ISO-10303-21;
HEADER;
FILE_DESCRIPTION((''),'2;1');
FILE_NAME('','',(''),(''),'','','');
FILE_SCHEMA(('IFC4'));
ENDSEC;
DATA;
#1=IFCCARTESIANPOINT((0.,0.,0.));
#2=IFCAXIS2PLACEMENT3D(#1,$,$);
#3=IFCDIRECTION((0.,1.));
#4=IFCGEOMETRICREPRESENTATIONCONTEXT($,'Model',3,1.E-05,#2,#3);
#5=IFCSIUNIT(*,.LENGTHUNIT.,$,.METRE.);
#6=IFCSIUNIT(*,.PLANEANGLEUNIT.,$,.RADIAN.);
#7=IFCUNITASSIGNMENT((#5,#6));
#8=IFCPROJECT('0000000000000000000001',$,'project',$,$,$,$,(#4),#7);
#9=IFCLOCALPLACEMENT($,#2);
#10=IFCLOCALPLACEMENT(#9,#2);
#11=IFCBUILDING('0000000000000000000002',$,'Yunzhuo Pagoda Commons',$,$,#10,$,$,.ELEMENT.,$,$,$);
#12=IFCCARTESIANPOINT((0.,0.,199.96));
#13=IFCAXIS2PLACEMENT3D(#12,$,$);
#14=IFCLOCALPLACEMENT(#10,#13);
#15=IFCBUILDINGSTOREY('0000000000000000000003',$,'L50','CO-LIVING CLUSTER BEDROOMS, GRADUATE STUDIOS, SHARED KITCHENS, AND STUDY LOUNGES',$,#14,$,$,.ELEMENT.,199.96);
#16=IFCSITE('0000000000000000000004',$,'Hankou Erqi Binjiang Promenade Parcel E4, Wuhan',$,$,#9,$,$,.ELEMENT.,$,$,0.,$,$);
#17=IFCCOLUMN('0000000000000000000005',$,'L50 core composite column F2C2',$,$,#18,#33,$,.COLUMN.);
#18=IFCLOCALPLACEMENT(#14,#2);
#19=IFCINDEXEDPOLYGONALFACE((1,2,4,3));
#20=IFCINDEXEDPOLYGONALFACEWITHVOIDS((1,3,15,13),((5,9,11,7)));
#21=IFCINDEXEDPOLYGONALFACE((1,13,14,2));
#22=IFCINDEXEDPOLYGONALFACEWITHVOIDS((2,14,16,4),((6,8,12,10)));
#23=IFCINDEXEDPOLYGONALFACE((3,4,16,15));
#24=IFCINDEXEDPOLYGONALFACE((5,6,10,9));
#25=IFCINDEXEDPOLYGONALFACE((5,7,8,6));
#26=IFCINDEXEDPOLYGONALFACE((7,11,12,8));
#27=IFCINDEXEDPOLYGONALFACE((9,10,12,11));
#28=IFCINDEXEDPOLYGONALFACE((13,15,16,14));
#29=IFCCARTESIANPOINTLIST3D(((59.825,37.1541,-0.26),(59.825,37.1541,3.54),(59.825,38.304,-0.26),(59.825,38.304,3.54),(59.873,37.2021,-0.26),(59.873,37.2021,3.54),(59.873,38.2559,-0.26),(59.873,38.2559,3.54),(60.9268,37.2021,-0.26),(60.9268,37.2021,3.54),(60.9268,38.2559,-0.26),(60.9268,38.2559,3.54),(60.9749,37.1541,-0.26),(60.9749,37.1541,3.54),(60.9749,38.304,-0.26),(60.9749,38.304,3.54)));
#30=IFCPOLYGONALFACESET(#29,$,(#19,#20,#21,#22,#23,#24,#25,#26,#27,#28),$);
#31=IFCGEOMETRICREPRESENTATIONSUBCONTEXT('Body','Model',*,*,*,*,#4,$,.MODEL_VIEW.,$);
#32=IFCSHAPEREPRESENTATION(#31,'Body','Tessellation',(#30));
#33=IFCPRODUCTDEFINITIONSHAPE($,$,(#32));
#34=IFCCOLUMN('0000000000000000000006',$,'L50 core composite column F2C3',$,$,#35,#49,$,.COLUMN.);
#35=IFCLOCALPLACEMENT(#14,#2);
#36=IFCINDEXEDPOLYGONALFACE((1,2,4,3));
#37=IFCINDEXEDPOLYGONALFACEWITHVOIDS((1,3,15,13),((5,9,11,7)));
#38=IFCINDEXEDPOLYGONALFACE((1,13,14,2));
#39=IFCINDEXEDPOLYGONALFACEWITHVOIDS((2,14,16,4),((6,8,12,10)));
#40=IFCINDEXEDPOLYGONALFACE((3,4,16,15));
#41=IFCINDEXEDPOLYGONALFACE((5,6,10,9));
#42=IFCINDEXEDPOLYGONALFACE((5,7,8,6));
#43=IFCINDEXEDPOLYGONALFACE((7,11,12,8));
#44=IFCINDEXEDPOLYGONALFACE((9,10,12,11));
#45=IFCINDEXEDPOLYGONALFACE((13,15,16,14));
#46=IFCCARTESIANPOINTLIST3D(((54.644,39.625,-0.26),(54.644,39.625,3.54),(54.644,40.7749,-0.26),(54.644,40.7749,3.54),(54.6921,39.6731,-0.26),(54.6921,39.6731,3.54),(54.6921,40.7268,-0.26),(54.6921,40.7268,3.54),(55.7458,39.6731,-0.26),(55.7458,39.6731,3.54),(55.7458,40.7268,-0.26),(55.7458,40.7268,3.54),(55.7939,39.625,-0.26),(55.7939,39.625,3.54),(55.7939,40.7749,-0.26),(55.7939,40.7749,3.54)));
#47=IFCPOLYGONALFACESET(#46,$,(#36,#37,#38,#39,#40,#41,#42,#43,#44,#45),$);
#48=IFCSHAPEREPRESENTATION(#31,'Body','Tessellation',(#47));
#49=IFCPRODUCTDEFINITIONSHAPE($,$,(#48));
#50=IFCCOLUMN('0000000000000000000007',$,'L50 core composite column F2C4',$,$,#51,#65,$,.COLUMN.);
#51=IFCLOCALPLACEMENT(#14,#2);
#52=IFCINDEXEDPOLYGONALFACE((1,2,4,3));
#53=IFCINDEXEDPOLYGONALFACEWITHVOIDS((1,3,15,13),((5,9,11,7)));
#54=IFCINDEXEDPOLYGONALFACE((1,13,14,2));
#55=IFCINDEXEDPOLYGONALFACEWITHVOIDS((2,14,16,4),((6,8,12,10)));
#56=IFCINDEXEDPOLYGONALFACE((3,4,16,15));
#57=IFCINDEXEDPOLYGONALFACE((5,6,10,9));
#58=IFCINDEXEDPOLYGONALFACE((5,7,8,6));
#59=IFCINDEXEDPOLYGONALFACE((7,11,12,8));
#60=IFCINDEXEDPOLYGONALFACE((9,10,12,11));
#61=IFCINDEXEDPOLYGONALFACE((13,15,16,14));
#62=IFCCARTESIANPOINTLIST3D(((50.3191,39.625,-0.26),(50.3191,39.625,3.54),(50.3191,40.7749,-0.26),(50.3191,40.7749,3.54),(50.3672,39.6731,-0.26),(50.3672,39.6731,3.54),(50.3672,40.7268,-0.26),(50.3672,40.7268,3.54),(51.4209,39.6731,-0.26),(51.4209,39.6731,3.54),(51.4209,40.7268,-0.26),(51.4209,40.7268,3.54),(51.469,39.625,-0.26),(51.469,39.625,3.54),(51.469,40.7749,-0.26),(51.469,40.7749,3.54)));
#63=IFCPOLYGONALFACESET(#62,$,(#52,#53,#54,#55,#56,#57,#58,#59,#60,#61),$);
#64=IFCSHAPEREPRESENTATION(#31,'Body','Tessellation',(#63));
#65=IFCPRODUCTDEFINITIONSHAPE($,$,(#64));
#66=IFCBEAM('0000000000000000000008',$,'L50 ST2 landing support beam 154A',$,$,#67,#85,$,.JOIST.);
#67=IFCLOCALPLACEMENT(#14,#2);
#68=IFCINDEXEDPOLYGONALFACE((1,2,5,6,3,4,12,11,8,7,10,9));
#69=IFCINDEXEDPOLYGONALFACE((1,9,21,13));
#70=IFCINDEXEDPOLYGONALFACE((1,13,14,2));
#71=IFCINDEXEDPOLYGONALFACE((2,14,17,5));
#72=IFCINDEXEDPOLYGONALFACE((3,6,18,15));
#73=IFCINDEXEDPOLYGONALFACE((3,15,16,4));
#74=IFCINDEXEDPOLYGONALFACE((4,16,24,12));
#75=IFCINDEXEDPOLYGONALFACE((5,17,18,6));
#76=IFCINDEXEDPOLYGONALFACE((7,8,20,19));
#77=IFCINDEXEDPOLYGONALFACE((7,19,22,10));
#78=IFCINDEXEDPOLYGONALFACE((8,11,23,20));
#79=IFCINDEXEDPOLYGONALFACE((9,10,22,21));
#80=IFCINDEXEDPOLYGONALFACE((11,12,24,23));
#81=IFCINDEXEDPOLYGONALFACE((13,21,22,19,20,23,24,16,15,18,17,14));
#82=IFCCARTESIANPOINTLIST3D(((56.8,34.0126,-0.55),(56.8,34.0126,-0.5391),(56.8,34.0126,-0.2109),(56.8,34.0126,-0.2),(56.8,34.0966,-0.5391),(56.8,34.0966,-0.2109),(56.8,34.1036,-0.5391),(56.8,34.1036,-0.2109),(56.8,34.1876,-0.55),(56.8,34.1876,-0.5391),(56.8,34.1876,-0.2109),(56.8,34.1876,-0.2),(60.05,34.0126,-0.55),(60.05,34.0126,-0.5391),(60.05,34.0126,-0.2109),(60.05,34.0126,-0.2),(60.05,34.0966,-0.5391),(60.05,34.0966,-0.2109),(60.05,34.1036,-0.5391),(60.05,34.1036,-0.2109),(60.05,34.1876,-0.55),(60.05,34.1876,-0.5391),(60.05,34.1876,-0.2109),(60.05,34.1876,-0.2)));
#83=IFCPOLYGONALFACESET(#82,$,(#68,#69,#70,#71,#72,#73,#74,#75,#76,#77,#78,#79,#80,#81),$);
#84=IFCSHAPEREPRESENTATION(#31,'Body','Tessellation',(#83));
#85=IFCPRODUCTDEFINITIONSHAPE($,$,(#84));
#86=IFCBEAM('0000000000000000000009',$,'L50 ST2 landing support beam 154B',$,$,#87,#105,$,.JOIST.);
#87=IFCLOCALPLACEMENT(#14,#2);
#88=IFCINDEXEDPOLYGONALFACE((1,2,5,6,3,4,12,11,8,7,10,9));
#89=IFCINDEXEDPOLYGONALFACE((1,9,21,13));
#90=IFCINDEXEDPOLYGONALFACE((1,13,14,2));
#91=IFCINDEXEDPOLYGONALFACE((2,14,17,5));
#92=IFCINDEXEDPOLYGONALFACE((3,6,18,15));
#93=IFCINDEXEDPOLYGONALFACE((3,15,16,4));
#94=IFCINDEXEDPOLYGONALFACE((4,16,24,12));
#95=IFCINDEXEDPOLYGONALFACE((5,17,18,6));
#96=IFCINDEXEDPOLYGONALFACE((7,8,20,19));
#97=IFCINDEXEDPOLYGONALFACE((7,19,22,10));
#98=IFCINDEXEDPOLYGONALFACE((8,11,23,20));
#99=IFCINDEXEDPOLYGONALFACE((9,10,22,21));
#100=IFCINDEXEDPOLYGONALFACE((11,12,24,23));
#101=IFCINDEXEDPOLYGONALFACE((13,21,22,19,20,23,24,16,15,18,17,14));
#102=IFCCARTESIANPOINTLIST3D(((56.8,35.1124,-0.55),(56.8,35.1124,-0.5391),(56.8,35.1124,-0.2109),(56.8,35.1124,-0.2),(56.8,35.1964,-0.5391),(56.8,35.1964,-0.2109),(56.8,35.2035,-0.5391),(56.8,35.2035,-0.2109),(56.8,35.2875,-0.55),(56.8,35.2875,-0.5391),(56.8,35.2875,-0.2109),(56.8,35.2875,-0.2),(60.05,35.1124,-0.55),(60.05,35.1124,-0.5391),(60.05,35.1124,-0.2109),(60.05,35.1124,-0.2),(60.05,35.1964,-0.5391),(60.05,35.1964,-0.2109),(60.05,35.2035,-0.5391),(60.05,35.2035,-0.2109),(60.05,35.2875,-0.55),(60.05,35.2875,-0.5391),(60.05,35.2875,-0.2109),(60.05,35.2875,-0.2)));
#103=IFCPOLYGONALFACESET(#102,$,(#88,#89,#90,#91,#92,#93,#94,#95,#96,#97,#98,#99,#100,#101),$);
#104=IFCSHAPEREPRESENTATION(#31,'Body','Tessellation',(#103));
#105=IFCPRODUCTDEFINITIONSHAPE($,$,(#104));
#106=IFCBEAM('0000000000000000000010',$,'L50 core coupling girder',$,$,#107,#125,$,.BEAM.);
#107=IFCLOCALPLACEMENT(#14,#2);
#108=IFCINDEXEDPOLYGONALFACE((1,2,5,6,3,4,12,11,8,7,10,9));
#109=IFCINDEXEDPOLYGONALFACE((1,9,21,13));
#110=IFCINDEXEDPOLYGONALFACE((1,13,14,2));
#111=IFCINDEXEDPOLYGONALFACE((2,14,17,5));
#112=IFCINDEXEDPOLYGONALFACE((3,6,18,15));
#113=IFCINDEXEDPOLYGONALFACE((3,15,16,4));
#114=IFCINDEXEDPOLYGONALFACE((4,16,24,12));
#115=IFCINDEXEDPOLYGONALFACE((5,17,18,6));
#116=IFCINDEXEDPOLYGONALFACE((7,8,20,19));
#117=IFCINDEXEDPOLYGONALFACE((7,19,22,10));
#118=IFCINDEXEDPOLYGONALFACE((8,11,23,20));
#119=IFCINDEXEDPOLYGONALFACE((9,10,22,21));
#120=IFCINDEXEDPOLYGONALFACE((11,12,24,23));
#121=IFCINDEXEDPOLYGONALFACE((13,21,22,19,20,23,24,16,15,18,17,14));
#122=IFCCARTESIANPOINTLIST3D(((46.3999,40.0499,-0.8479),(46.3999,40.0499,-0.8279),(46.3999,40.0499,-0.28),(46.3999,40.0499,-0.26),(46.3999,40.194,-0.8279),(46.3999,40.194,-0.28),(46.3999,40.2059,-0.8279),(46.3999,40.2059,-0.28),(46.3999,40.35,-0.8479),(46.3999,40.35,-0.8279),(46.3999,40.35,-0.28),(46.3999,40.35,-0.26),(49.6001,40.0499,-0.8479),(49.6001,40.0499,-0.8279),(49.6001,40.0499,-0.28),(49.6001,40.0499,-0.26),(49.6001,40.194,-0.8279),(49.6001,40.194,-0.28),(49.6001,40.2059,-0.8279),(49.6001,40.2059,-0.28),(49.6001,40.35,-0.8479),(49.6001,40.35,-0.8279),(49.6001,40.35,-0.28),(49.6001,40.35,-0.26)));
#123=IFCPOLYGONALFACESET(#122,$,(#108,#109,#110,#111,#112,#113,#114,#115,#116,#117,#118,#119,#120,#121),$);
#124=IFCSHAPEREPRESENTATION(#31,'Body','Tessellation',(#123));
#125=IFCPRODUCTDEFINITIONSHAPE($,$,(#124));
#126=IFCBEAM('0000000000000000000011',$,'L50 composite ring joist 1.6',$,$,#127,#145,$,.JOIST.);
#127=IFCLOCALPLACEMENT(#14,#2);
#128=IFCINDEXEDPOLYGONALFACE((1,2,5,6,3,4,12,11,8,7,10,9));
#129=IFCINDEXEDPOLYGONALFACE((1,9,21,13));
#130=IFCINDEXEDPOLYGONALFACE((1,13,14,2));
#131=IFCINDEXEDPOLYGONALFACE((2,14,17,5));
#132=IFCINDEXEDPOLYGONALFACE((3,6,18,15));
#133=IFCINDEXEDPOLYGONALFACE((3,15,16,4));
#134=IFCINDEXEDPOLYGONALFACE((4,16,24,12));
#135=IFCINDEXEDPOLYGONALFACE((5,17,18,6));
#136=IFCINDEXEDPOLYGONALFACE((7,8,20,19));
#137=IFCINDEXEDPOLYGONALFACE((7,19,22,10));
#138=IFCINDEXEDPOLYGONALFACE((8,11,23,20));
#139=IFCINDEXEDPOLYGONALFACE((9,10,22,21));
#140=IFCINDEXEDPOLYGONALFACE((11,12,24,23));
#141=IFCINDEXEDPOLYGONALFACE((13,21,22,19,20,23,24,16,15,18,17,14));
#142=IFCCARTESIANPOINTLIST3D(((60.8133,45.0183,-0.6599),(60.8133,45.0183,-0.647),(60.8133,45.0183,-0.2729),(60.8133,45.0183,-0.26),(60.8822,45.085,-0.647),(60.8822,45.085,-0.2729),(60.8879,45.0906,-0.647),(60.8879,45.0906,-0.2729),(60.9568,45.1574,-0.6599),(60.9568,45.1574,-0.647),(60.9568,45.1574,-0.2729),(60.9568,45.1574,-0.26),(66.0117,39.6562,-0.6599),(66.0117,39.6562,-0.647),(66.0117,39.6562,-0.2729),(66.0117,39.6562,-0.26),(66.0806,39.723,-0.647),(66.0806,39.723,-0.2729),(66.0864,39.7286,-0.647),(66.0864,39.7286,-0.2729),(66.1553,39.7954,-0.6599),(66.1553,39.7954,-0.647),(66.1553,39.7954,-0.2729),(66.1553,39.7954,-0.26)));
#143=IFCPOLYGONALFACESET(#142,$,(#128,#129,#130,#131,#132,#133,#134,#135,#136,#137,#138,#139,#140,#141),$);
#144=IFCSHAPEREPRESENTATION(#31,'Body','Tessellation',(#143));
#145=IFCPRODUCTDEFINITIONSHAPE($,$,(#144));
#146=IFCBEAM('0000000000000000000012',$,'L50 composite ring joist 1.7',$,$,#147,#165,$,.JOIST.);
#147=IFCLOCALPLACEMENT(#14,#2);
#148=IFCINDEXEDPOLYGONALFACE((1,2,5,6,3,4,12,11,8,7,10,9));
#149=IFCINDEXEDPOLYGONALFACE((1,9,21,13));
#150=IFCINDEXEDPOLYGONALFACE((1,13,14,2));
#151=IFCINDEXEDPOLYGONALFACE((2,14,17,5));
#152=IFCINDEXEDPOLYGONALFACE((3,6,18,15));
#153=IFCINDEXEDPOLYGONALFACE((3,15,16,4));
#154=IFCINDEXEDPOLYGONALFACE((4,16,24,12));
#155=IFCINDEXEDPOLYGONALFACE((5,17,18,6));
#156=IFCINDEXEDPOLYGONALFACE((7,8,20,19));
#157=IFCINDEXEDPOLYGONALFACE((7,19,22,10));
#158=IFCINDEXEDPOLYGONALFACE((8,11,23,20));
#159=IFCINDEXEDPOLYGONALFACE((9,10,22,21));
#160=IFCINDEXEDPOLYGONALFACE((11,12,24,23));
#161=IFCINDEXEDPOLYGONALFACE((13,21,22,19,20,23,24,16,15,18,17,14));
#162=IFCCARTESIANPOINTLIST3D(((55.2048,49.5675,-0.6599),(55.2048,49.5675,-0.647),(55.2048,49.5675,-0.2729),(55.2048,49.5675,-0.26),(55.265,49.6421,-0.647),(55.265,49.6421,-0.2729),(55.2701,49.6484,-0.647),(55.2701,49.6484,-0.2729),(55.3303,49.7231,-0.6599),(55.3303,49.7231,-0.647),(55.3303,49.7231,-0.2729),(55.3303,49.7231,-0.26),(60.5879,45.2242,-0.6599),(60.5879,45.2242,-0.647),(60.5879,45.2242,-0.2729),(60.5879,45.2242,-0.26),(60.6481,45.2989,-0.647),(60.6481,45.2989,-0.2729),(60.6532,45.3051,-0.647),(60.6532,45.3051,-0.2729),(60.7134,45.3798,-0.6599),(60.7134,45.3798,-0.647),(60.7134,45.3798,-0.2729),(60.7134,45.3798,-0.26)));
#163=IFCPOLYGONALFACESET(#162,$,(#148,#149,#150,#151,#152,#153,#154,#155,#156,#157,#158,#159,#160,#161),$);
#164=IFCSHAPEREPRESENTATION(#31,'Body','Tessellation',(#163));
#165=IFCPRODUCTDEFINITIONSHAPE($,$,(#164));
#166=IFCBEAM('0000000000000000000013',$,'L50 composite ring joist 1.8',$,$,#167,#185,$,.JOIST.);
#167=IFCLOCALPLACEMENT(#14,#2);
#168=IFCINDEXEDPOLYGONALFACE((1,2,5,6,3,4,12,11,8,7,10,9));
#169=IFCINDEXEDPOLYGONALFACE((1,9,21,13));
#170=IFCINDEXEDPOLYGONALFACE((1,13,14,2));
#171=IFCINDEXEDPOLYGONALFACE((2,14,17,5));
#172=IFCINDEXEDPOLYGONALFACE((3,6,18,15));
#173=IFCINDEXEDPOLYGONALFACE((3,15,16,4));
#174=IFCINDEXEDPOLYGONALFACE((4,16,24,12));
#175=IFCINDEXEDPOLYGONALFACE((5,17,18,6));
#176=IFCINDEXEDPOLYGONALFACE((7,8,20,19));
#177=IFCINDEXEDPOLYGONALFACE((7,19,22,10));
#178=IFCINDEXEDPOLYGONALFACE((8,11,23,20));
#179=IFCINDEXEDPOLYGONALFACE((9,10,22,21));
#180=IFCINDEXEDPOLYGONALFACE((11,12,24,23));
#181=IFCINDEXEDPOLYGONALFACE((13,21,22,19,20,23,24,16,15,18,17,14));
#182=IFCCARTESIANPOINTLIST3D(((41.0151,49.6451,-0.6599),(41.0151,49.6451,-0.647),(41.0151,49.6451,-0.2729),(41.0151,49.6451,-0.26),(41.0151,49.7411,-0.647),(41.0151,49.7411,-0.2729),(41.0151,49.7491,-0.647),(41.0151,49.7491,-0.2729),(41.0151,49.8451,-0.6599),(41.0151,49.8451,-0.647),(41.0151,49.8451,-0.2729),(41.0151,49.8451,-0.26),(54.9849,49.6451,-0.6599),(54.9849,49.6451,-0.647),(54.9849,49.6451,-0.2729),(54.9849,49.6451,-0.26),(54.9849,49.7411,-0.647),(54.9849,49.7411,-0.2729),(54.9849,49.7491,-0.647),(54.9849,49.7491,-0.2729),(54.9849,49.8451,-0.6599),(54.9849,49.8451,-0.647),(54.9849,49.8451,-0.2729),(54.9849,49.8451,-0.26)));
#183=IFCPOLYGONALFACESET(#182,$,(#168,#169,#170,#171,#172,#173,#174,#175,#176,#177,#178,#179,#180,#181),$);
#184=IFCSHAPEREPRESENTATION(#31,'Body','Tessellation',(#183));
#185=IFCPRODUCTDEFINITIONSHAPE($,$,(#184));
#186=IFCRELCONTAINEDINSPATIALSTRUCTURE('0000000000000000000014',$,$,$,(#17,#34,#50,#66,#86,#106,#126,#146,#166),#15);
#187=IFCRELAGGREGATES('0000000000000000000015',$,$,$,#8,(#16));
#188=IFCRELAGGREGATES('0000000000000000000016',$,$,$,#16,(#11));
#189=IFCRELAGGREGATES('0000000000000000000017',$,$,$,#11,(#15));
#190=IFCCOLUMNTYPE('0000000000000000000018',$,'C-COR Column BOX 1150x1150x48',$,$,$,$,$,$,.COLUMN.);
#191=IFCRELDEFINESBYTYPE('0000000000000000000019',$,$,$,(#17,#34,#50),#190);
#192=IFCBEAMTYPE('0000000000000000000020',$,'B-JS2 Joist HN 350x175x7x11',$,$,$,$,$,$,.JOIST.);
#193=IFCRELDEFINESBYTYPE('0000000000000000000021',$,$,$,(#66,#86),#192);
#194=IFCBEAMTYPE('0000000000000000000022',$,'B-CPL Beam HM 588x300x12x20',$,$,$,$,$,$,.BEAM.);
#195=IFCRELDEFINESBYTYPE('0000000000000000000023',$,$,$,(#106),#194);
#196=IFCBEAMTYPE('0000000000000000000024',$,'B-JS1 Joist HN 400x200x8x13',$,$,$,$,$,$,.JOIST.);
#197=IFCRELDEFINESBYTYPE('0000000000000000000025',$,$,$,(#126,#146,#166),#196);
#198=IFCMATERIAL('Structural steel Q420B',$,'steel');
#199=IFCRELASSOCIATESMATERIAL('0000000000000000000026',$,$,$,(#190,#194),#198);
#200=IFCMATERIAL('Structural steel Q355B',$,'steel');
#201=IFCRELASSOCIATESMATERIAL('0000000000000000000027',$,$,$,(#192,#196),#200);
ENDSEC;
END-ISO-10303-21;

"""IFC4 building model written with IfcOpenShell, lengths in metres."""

from ifc_helpers import new_model, si_unit, direction, frame, origin, origin_2d, place, context, subcontext, project, spatial, hollow_rectangle, i_section, extrude, source, transform, mapped, material, material_profile, profile_set, type_object, element, save


model = new_model("IFC4")

# Units and contexts
model_context = context("Model", 3, precision=1e-05, world=origin(), true_north=direction((0.0, 1.0)))
body_context = subcontext(model_context, "Body", "Model", "MODEL_VIEW")
ifc_project = project(units=[si_unit("LENGTHUNIT", "METRE"), si_unit("PLANEANGLEUNIT", "RADIAN")], contexts=[model_context])

# Site, building, storey
site_placement = place(None, origin())
site = spatial("IfcSite", under=ifc_project, at=site_placement, Name="Hankou Erqi Binjiang Promenade Parcel E4, Wuhan", CompositionType="ELEMENT", RefElevation=0.0)
building_placement = place(site_placement, origin())
building = spatial("IfcBuilding", under=site, at=building_placement, Name="Yunzhuo Pagoda Commons", CompositionType="ELEMENT")
storey_placement = place(building_placement, frame((0.0, 0.0, 199.96)))
storey = spatial("IfcBuildingStorey", under=building, at=storey_placement, Name="L50", Description="CO-LIVING CLUSTER BEDROOMS, GRADUATE STUDIOS, SHARED KITCHENS, AND STUDY LOUNGES", CompositionType="ELEMENT", Elevation=199.96)

# Columns
ifc_material_1 = material(Name="Structural steel Q420B", Category="steel")
ifc_material_profile_1 = material_profile(ifc_material_1, hollow_rectangle(XDim=1.1499, YDim=1.1499, WallThickness=0.0481, at=origin_2d()), Name="Structural steel Q420B")
ifc_profile_set_1 = profile_set([ifc_material_profile_1], Name="Structural steel Q420B")
column_type = type_object("IfcColumnType", Name="C-COR Column BOX 1150x1150x48", PredefinedType="COLUMN", material=ifc_profile_set_1)
shared_shape_1 = source(origin(), body_context, "Body", "SweptSolid", [
    extrude(hollow_rectangle(XDim=1.1499, YDim=1.1499, WallThickness=0.0481, at=origin_2d()), origin(), (0.0, 0.0, 1.0), 3.8),
])
for number, where, z_axis, x_axis, name in (
    (1, (60.3999, 37.729, -0.26), (0.0, 0.0, 1.0), (1.0, 0.0, 0.0), "L50 core composite column F2C2"),
    (2, (55.219, 40.2, -0.26), (0.0, 0.0, 1.0), (1.0, 0.0, 0.0), "L50 core composite column F2C3"),
    (3, (50.894, 40.2, -0.26), (0.0, 0.0, 1.0), (1.0, 0.0, 0.0), "L50 core composite column F2C4"),
):
    element("IfcColumn", number, at=place(storey_placement, frame(where, z_axis=z_axis, x_axis=x_axis)), inside=storey, type_object=column_type, Name=name, PredefinedType="COLUMN", context=body_context, shape_type="MappedRepresentation", body=[
        mapped(shared_shape_1, transform((0.0, 0.0, 0.0), scale=1.0)),
    ])

# Beams
ifc_material_2 = material(Name="Structural steel Q355B", Category="steel")
ifc_material_profile_2 = material_profile(ifc_material_2, i_section(OverallWidth=0.175, OverallDepth=0.3501, WebThickness=0.0071, FlangeThickness=0.011, at=origin_2d()), Name="Structural steel Q355B")
ifc_profile_set_2 = profile_set([ifc_material_profile_2], Name="Structural steel Q355B")
beam_type_1 = type_object("IfcBeamType", Name="B-JS2 Joist HN 350x175x7x11", PredefinedType="JOIST", material=ifc_profile_set_2)
shared_shape_2 = source(origin(), body_context, "Body", "SweptSolid", [
    extrude(i_section(OverallWidth=0.175, OverallDepth=0.3501, WebThickness=0.0071, FlangeThickness=0.011, at=origin_2d()), origin(), (0.0, 0.0, 1.0), 3.25),
])
for number, where, z_axis, x_axis, name in (
    (4, (56.8, 34.1001, -0.375), (1.0, 0.0, 0.0), (0.0, 1.0, 0.0), "L50 ST2 landing support beam 154A"),
    (5, (56.8, 35.2, -0.375), (1.0, 0.0, 0.0), (0.0, 1.0, 0.0), "L50 ST2 landing support beam 154B"),
):
    element("IfcBeam", number, at=place(storey_placement, frame(where, z_axis=z_axis, x_axis=x_axis)), inside=storey, type_object=beam_type_1, Name=name, PredefinedType="JOIST", context=body_context, shape_type="MappedRepresentation", body=[
        mapped(shared_shape_2, transform((0.0, 0.0, 0.0), scale=1.0)),
    ])
ifc_material_profile_3 = material_profile(ifc_material_1, i_section(OverallWidth=0.3, OverallDepth=0.5879, WebThickness=0.012, FlangeThickness=0.02, at=origin_2d()), Name="Structural steel Q420B")
ifc_profile_set_3 = profile_set([ifc_material_profile_3], Name="Structural steel Q420B")
beam_type_2 = type_object("IfcBeamType", Name="B-CPL Beam HM 588x300x12x20", PredefinedType="BEAM", material=ifc_profile_set_3)
shared_shape_3 = source(origin(), body_context, "Body", "SweptSolid", [
    extrude(i_section(OverallWidth=0.3, OverallDepth=0.5879, WebThickness=0.012, FlangeThickness=0.02, at=origin_2d()), origin(), (0.0, 0.0, 1.0), 3.2002),
])
beam_1_placement = place(storey_placement, frame((46.3999, 40.2, -0.554), z_axis=(1.0, 0.0, 0.0), x_axis=(0.0, 1.0, 0.0)))
element("IfcBeam", 6, at=beam_1_placement, inside=storey, type_object=beam_type_2, Name="L50 core coupling girder", PredefinedType="BEAM", context=body_context, shape_type="MappedRepresentation", body=[
    mapped(shared_shape_3, transform((0.0, 0.0, 0.0), scale=1.0)),
])
ifc_material_profile_4 = material_profile(ifc_material_2, i_section(OverallWidth=0.2, OverallDepth=0.3999, WebThickness=0.0081, FlangeThickness=0.0129, at=origin_2d()), Name="Structural steel Q355B")
ifc_profile_set_4 = profile_set([ifc_material_profile_4], Name="Structural steel Q355B")
beam_type_3 = type_object("IfcBeamType", Name="B-JS1 Joist HN 400x200x8x13", PredefinedType="JOIST", material=ifc_profile_set_4)
shared_shape_4 = source(origin(), body_context, "Body", "SweptSolid", [
    extrude(i_section(OverallWidth=0.2, OverallDepth=0.3999, WebThickness=0.0081, FlangeThickness=0.0129, at=origin_2d()), origin(), (0.0, 0.0, 1.0), 7.4683),
])
beam_2_placement = place(storey_placement, frame((66.0835, 39.7258, -0.46), z_axis=(-0.696071, 0.717973, 0.0), x_axis=(-0.717973, -0.696071, 0.0)))
element("IfcBeam", 7, at=beam_2_placement, inside=storey, type_object=beam_type_3, Name="L50 composite ring joist 1.6", PredefinedType="JOIST", context=body_context, shape_type="MappedRepresentation", body=[
    mapped(shared_shape_4, transform((0.0, 0.0, 0.0), scale=1.0)),
])
shared_shape_5 = source(origin(), body_context, "Body", "SweptSolid", [
    extrude(i_section(OverallWidth=0.2, OverallDepth=0.3999, WebThickness=0.0081, FlangeThickness=0.0129, at=origin_2d()), origin(), (0.0, 0.0, 1.0), 6.9167),
])
beam_3_placement = place(storey_placement, frame((60.6506, 45.302, -0.46), z_axis=(-0.778266, 0.627935, 0.0), x_axis=(-0.627935, -0.778266, 0.0)))
element("IfcBeam", 8, at=beam_3_placement, inside=storey, type_object=beam_type_3, Name="L50 composite ring joist 1.7", PredefinedType="JOIST", context=body_context, shape_type="MappedRepresentation", body=[
    mapped(shared_shape_5, transform((0.0, 0.0, 0.0), scale=1.0)),
])
shared_shape_6 = source(origin(), body_context, "Body", "SweptSolid", [
    extrude(i_section(OverallWidth=0.2, OverallDepth=0.3999, WebThickness=0.0081, FlangeThickness=0.0129, at=origin_2d()), origin(), (0.0, 0.0, 1.0), 13.9697),
])
beam_4_placement = place(storey_placement, frame((54.9849, 49.7451, -0.46), z_axis=(-1.0, 0.0, 0.0), x_axis=(0.0, -1.0, 0.0)))
element("IfcBeam", 9, at=beam_4_placement, inside=storey, type_object=beam_type_3, Name="L50 composite ring joist 1.8", PredefinedType="JOIST", context=body_context, shape_type="MappedRepresentation", body=[
    mapped(shared_shape_6, transform((0.0, 0.0, 0.0), scale=1.0)),
])

save(model, "model.ifc")
